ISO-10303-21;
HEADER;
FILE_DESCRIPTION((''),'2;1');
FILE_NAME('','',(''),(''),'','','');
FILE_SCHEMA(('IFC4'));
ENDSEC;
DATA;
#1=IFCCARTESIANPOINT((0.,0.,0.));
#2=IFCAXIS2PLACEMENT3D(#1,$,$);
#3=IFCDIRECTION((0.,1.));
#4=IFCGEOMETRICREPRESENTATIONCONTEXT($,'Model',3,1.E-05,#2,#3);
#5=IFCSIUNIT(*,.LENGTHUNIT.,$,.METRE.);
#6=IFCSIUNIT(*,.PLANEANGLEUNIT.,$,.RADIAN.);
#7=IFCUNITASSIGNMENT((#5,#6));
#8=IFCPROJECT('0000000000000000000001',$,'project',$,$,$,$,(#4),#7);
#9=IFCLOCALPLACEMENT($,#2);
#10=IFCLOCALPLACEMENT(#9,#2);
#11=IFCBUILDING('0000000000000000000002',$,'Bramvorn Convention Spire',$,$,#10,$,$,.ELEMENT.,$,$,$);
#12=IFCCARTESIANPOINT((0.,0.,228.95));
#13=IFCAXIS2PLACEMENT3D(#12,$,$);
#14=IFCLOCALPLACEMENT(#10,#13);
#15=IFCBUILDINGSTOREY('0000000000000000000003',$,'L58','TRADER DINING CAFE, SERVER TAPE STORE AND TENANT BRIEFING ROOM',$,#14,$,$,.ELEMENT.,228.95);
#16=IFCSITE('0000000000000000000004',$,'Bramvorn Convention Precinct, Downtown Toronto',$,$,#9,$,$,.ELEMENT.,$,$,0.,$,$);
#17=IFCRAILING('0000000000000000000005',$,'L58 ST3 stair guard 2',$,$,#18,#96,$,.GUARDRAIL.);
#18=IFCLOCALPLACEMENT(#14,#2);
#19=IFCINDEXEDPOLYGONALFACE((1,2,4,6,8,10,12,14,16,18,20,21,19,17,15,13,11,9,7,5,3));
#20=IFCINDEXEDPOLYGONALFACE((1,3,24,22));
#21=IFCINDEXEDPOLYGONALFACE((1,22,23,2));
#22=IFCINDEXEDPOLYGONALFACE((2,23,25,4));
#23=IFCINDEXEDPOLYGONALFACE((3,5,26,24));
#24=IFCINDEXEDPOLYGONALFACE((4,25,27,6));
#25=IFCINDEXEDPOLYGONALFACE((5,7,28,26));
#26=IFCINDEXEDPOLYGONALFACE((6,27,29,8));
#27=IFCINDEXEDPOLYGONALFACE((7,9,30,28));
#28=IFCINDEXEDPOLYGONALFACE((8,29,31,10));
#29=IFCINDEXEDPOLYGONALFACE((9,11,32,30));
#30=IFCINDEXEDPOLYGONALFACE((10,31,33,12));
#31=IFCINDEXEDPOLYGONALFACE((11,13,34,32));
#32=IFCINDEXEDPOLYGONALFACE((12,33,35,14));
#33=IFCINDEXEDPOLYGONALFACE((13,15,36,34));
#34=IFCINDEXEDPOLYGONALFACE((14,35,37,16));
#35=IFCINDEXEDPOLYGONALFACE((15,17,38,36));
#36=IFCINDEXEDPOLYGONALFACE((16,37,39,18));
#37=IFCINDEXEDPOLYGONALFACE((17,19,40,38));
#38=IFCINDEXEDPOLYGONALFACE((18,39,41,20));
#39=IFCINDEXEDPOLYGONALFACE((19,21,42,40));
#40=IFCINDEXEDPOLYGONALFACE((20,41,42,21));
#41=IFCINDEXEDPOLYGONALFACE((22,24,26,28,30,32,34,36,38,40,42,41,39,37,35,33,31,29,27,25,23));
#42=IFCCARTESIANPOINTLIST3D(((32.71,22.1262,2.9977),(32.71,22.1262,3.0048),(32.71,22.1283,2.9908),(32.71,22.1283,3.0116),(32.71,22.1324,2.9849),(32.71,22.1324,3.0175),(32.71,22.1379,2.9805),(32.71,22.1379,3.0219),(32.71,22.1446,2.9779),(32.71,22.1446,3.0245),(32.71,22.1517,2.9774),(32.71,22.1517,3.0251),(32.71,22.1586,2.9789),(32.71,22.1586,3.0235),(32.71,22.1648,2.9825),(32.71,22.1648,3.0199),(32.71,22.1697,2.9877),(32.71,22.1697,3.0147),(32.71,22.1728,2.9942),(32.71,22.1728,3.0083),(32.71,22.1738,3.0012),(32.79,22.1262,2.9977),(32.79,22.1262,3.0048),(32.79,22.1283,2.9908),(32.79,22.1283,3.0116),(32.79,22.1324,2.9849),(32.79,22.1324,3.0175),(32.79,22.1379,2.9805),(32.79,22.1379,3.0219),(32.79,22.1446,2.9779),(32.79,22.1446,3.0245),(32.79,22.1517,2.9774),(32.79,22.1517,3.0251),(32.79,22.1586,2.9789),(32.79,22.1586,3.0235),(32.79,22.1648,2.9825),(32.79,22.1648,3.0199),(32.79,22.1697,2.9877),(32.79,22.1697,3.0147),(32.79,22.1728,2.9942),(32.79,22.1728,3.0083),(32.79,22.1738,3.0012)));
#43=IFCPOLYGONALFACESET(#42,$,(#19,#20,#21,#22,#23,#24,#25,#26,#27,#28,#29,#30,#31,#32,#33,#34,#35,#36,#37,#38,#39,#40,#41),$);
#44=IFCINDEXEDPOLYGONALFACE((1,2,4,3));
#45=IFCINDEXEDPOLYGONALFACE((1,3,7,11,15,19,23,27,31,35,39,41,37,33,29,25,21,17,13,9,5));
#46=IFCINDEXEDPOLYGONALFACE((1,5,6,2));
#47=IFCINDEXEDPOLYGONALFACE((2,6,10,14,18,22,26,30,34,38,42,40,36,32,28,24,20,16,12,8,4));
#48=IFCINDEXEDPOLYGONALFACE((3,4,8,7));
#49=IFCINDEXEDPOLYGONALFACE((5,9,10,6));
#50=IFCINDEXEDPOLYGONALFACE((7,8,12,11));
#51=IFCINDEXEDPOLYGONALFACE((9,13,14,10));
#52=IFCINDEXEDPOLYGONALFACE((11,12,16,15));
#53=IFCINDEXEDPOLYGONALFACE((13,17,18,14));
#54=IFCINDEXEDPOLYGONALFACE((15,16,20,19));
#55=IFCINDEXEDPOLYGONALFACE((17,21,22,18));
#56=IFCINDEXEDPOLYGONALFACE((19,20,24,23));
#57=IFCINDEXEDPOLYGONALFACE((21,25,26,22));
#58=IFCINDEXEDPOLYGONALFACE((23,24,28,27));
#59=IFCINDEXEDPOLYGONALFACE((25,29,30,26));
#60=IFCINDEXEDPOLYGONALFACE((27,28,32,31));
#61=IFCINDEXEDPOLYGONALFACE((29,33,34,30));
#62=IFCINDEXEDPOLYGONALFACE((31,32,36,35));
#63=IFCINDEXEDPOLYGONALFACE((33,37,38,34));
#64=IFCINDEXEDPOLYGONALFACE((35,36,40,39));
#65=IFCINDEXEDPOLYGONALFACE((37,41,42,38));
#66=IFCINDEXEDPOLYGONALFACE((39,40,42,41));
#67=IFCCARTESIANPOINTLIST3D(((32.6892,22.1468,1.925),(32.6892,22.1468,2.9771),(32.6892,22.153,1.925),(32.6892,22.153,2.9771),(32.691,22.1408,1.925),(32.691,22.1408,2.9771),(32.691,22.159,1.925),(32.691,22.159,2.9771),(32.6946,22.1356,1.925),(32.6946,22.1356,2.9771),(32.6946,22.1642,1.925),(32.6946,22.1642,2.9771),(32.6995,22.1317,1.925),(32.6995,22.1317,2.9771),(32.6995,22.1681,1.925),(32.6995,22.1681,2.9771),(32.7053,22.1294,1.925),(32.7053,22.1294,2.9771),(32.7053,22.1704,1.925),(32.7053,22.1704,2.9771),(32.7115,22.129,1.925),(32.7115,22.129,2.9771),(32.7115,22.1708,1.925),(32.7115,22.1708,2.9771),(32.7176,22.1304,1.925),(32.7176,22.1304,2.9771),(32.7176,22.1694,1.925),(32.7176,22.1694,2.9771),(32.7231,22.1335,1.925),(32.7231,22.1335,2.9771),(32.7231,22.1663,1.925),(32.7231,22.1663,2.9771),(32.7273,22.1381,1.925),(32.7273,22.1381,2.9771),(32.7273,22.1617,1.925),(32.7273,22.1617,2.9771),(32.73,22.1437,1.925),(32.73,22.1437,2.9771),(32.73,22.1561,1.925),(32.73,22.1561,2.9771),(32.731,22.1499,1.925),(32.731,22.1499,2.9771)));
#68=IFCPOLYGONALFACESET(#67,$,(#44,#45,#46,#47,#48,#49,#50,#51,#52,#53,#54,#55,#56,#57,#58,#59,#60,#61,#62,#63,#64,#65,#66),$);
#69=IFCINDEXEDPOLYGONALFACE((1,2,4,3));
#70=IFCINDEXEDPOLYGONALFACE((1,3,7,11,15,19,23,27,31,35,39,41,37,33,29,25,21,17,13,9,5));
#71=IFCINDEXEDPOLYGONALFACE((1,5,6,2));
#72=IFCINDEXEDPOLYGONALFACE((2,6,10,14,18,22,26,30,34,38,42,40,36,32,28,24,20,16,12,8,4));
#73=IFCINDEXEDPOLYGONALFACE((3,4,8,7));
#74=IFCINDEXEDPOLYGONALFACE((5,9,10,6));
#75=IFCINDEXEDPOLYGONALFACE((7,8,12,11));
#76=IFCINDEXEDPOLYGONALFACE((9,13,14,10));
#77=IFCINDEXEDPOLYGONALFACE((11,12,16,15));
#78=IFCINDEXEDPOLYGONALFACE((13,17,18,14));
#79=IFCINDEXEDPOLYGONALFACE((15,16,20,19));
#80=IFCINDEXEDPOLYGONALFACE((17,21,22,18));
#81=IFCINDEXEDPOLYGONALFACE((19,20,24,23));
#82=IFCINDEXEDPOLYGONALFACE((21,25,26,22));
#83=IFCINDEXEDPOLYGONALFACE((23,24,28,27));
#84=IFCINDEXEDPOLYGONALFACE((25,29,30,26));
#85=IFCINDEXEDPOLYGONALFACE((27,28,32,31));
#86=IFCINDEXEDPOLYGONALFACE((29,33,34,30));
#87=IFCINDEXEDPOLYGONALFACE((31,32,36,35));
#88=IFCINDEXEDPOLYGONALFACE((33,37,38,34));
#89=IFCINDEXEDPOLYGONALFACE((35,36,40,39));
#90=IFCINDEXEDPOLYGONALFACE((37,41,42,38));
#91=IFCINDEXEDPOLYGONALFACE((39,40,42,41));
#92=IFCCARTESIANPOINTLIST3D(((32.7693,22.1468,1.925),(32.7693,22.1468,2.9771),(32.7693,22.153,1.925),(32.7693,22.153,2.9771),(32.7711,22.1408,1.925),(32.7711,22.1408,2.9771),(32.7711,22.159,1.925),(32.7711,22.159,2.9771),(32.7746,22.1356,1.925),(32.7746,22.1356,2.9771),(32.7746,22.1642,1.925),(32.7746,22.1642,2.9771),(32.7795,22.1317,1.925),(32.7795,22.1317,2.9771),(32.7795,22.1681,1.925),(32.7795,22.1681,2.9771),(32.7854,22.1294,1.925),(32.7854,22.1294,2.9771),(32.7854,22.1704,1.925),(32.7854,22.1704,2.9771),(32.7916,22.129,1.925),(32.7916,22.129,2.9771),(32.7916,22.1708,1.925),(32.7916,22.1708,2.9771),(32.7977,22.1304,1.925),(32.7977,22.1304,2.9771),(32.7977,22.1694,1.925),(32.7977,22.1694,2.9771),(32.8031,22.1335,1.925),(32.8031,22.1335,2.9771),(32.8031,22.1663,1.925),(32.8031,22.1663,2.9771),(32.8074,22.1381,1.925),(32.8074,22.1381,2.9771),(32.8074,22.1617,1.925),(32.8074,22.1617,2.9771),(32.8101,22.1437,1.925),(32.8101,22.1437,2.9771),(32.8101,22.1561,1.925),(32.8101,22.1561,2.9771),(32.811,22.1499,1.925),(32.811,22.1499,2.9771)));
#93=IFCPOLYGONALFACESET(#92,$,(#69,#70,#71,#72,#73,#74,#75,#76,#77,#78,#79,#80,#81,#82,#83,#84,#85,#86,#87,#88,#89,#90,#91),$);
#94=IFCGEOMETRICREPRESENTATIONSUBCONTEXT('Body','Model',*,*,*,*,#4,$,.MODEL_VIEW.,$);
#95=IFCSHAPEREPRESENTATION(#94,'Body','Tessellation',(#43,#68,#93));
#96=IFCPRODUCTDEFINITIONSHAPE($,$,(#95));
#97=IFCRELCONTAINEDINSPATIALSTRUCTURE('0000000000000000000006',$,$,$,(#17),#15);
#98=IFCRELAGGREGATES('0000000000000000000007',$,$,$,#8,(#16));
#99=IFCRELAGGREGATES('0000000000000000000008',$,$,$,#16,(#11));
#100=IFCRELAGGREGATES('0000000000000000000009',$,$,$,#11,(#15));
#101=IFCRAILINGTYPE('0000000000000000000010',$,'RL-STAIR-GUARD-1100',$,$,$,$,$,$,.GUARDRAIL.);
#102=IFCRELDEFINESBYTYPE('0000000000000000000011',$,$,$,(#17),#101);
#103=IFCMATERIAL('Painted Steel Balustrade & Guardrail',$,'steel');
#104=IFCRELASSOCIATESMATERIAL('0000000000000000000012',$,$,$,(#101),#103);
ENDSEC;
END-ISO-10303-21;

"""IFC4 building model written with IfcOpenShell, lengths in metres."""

from ifc_helpers import new_model, si_unit, direction, frame, origin, origin_2d, place, context, subcontext, project, spatial, circle, extrude, material, type_object, element, save


model = new_model("IFC4")

# Units and contexts
model_context = context("Model", 3, precision=1e-05, world=origin(), true_north=direction((0.0, 1.0)))
body_context = subcontext(model_context, "Body", "Model", "MODEL_VIEW")
ifc_project = project(units=[si_unit("LENGTHUNIT", "METRE"), si_unit("PLANEANGLEUNIT", "RADIAN")], contexts=[model_context])

# Site, building, storey
site_placement = place(None, origin())
site = spatial("IfcSite", under=ifc_project, at=site_placement, Name="Bramvorn Convention Precinct, Downtown Toronto", CompositionType="ELEMENT", RefElevation=0.0)
building_placement = place(site_placement, origin())
building = spatial("IfcBuilding", under=site, at=building_placement, Name="Bramvorn Convention Spire", CompositionType="ELEMENT")
storey_placement = place(building_placement, frame((0.0, 0.0, 228.95)))
storey = spatial("IfcBuildingStorey", under=building, at=storey_placement, Name="L58", Description="TRADER DINING CAFE, SERVER TAPE STORE AND TENANT BRIEFING ROOM", CompositionType="ELEMENT", Elevation=228.95)

# Railing
ifc_material_1 = material(Name="Painted Steel Balustrade & Guardrail", Category="steel")
railing_type_1 = type_object("IfcRailingType", Name="RL-STAIR-GUARD-1100", PredefinedType="GUARDRAIL", material=ifc_material_1)
railing_1_placement = place(storey_placement, frame((32.71, 22.1499, 1.925)))
element("IfcRailing", 1, at=railing_1_placement, inside=storey, type_object=railing_type_1, Name="L58 ST3 stair guard 2", PredefinedType="GUARDRAIL", context=body_context, shape_type="SweptSolid", body=[
    extrude(circle(Radius=0.0239, at=origin_2d()), frame((0.0, 0.0, 1.0762), z_axis=(1.0, 0.0, 0.0), x_axis=(0.0, 1.0, 0.0)), (0.0, 0.0, 1.0), 0.0801),
    extrude(circle(Radius=0.021, at=origin_2d()), origin(), (0.0, 0.0, 1.0), 1.052),
    extrude(circle(Radius=0.021, at=origin_2d()), frame((0.0801, 0.0, 0.0)), (0.0, 0.0, 1.0), 1.052),
])

save(model, "model.ifc")
